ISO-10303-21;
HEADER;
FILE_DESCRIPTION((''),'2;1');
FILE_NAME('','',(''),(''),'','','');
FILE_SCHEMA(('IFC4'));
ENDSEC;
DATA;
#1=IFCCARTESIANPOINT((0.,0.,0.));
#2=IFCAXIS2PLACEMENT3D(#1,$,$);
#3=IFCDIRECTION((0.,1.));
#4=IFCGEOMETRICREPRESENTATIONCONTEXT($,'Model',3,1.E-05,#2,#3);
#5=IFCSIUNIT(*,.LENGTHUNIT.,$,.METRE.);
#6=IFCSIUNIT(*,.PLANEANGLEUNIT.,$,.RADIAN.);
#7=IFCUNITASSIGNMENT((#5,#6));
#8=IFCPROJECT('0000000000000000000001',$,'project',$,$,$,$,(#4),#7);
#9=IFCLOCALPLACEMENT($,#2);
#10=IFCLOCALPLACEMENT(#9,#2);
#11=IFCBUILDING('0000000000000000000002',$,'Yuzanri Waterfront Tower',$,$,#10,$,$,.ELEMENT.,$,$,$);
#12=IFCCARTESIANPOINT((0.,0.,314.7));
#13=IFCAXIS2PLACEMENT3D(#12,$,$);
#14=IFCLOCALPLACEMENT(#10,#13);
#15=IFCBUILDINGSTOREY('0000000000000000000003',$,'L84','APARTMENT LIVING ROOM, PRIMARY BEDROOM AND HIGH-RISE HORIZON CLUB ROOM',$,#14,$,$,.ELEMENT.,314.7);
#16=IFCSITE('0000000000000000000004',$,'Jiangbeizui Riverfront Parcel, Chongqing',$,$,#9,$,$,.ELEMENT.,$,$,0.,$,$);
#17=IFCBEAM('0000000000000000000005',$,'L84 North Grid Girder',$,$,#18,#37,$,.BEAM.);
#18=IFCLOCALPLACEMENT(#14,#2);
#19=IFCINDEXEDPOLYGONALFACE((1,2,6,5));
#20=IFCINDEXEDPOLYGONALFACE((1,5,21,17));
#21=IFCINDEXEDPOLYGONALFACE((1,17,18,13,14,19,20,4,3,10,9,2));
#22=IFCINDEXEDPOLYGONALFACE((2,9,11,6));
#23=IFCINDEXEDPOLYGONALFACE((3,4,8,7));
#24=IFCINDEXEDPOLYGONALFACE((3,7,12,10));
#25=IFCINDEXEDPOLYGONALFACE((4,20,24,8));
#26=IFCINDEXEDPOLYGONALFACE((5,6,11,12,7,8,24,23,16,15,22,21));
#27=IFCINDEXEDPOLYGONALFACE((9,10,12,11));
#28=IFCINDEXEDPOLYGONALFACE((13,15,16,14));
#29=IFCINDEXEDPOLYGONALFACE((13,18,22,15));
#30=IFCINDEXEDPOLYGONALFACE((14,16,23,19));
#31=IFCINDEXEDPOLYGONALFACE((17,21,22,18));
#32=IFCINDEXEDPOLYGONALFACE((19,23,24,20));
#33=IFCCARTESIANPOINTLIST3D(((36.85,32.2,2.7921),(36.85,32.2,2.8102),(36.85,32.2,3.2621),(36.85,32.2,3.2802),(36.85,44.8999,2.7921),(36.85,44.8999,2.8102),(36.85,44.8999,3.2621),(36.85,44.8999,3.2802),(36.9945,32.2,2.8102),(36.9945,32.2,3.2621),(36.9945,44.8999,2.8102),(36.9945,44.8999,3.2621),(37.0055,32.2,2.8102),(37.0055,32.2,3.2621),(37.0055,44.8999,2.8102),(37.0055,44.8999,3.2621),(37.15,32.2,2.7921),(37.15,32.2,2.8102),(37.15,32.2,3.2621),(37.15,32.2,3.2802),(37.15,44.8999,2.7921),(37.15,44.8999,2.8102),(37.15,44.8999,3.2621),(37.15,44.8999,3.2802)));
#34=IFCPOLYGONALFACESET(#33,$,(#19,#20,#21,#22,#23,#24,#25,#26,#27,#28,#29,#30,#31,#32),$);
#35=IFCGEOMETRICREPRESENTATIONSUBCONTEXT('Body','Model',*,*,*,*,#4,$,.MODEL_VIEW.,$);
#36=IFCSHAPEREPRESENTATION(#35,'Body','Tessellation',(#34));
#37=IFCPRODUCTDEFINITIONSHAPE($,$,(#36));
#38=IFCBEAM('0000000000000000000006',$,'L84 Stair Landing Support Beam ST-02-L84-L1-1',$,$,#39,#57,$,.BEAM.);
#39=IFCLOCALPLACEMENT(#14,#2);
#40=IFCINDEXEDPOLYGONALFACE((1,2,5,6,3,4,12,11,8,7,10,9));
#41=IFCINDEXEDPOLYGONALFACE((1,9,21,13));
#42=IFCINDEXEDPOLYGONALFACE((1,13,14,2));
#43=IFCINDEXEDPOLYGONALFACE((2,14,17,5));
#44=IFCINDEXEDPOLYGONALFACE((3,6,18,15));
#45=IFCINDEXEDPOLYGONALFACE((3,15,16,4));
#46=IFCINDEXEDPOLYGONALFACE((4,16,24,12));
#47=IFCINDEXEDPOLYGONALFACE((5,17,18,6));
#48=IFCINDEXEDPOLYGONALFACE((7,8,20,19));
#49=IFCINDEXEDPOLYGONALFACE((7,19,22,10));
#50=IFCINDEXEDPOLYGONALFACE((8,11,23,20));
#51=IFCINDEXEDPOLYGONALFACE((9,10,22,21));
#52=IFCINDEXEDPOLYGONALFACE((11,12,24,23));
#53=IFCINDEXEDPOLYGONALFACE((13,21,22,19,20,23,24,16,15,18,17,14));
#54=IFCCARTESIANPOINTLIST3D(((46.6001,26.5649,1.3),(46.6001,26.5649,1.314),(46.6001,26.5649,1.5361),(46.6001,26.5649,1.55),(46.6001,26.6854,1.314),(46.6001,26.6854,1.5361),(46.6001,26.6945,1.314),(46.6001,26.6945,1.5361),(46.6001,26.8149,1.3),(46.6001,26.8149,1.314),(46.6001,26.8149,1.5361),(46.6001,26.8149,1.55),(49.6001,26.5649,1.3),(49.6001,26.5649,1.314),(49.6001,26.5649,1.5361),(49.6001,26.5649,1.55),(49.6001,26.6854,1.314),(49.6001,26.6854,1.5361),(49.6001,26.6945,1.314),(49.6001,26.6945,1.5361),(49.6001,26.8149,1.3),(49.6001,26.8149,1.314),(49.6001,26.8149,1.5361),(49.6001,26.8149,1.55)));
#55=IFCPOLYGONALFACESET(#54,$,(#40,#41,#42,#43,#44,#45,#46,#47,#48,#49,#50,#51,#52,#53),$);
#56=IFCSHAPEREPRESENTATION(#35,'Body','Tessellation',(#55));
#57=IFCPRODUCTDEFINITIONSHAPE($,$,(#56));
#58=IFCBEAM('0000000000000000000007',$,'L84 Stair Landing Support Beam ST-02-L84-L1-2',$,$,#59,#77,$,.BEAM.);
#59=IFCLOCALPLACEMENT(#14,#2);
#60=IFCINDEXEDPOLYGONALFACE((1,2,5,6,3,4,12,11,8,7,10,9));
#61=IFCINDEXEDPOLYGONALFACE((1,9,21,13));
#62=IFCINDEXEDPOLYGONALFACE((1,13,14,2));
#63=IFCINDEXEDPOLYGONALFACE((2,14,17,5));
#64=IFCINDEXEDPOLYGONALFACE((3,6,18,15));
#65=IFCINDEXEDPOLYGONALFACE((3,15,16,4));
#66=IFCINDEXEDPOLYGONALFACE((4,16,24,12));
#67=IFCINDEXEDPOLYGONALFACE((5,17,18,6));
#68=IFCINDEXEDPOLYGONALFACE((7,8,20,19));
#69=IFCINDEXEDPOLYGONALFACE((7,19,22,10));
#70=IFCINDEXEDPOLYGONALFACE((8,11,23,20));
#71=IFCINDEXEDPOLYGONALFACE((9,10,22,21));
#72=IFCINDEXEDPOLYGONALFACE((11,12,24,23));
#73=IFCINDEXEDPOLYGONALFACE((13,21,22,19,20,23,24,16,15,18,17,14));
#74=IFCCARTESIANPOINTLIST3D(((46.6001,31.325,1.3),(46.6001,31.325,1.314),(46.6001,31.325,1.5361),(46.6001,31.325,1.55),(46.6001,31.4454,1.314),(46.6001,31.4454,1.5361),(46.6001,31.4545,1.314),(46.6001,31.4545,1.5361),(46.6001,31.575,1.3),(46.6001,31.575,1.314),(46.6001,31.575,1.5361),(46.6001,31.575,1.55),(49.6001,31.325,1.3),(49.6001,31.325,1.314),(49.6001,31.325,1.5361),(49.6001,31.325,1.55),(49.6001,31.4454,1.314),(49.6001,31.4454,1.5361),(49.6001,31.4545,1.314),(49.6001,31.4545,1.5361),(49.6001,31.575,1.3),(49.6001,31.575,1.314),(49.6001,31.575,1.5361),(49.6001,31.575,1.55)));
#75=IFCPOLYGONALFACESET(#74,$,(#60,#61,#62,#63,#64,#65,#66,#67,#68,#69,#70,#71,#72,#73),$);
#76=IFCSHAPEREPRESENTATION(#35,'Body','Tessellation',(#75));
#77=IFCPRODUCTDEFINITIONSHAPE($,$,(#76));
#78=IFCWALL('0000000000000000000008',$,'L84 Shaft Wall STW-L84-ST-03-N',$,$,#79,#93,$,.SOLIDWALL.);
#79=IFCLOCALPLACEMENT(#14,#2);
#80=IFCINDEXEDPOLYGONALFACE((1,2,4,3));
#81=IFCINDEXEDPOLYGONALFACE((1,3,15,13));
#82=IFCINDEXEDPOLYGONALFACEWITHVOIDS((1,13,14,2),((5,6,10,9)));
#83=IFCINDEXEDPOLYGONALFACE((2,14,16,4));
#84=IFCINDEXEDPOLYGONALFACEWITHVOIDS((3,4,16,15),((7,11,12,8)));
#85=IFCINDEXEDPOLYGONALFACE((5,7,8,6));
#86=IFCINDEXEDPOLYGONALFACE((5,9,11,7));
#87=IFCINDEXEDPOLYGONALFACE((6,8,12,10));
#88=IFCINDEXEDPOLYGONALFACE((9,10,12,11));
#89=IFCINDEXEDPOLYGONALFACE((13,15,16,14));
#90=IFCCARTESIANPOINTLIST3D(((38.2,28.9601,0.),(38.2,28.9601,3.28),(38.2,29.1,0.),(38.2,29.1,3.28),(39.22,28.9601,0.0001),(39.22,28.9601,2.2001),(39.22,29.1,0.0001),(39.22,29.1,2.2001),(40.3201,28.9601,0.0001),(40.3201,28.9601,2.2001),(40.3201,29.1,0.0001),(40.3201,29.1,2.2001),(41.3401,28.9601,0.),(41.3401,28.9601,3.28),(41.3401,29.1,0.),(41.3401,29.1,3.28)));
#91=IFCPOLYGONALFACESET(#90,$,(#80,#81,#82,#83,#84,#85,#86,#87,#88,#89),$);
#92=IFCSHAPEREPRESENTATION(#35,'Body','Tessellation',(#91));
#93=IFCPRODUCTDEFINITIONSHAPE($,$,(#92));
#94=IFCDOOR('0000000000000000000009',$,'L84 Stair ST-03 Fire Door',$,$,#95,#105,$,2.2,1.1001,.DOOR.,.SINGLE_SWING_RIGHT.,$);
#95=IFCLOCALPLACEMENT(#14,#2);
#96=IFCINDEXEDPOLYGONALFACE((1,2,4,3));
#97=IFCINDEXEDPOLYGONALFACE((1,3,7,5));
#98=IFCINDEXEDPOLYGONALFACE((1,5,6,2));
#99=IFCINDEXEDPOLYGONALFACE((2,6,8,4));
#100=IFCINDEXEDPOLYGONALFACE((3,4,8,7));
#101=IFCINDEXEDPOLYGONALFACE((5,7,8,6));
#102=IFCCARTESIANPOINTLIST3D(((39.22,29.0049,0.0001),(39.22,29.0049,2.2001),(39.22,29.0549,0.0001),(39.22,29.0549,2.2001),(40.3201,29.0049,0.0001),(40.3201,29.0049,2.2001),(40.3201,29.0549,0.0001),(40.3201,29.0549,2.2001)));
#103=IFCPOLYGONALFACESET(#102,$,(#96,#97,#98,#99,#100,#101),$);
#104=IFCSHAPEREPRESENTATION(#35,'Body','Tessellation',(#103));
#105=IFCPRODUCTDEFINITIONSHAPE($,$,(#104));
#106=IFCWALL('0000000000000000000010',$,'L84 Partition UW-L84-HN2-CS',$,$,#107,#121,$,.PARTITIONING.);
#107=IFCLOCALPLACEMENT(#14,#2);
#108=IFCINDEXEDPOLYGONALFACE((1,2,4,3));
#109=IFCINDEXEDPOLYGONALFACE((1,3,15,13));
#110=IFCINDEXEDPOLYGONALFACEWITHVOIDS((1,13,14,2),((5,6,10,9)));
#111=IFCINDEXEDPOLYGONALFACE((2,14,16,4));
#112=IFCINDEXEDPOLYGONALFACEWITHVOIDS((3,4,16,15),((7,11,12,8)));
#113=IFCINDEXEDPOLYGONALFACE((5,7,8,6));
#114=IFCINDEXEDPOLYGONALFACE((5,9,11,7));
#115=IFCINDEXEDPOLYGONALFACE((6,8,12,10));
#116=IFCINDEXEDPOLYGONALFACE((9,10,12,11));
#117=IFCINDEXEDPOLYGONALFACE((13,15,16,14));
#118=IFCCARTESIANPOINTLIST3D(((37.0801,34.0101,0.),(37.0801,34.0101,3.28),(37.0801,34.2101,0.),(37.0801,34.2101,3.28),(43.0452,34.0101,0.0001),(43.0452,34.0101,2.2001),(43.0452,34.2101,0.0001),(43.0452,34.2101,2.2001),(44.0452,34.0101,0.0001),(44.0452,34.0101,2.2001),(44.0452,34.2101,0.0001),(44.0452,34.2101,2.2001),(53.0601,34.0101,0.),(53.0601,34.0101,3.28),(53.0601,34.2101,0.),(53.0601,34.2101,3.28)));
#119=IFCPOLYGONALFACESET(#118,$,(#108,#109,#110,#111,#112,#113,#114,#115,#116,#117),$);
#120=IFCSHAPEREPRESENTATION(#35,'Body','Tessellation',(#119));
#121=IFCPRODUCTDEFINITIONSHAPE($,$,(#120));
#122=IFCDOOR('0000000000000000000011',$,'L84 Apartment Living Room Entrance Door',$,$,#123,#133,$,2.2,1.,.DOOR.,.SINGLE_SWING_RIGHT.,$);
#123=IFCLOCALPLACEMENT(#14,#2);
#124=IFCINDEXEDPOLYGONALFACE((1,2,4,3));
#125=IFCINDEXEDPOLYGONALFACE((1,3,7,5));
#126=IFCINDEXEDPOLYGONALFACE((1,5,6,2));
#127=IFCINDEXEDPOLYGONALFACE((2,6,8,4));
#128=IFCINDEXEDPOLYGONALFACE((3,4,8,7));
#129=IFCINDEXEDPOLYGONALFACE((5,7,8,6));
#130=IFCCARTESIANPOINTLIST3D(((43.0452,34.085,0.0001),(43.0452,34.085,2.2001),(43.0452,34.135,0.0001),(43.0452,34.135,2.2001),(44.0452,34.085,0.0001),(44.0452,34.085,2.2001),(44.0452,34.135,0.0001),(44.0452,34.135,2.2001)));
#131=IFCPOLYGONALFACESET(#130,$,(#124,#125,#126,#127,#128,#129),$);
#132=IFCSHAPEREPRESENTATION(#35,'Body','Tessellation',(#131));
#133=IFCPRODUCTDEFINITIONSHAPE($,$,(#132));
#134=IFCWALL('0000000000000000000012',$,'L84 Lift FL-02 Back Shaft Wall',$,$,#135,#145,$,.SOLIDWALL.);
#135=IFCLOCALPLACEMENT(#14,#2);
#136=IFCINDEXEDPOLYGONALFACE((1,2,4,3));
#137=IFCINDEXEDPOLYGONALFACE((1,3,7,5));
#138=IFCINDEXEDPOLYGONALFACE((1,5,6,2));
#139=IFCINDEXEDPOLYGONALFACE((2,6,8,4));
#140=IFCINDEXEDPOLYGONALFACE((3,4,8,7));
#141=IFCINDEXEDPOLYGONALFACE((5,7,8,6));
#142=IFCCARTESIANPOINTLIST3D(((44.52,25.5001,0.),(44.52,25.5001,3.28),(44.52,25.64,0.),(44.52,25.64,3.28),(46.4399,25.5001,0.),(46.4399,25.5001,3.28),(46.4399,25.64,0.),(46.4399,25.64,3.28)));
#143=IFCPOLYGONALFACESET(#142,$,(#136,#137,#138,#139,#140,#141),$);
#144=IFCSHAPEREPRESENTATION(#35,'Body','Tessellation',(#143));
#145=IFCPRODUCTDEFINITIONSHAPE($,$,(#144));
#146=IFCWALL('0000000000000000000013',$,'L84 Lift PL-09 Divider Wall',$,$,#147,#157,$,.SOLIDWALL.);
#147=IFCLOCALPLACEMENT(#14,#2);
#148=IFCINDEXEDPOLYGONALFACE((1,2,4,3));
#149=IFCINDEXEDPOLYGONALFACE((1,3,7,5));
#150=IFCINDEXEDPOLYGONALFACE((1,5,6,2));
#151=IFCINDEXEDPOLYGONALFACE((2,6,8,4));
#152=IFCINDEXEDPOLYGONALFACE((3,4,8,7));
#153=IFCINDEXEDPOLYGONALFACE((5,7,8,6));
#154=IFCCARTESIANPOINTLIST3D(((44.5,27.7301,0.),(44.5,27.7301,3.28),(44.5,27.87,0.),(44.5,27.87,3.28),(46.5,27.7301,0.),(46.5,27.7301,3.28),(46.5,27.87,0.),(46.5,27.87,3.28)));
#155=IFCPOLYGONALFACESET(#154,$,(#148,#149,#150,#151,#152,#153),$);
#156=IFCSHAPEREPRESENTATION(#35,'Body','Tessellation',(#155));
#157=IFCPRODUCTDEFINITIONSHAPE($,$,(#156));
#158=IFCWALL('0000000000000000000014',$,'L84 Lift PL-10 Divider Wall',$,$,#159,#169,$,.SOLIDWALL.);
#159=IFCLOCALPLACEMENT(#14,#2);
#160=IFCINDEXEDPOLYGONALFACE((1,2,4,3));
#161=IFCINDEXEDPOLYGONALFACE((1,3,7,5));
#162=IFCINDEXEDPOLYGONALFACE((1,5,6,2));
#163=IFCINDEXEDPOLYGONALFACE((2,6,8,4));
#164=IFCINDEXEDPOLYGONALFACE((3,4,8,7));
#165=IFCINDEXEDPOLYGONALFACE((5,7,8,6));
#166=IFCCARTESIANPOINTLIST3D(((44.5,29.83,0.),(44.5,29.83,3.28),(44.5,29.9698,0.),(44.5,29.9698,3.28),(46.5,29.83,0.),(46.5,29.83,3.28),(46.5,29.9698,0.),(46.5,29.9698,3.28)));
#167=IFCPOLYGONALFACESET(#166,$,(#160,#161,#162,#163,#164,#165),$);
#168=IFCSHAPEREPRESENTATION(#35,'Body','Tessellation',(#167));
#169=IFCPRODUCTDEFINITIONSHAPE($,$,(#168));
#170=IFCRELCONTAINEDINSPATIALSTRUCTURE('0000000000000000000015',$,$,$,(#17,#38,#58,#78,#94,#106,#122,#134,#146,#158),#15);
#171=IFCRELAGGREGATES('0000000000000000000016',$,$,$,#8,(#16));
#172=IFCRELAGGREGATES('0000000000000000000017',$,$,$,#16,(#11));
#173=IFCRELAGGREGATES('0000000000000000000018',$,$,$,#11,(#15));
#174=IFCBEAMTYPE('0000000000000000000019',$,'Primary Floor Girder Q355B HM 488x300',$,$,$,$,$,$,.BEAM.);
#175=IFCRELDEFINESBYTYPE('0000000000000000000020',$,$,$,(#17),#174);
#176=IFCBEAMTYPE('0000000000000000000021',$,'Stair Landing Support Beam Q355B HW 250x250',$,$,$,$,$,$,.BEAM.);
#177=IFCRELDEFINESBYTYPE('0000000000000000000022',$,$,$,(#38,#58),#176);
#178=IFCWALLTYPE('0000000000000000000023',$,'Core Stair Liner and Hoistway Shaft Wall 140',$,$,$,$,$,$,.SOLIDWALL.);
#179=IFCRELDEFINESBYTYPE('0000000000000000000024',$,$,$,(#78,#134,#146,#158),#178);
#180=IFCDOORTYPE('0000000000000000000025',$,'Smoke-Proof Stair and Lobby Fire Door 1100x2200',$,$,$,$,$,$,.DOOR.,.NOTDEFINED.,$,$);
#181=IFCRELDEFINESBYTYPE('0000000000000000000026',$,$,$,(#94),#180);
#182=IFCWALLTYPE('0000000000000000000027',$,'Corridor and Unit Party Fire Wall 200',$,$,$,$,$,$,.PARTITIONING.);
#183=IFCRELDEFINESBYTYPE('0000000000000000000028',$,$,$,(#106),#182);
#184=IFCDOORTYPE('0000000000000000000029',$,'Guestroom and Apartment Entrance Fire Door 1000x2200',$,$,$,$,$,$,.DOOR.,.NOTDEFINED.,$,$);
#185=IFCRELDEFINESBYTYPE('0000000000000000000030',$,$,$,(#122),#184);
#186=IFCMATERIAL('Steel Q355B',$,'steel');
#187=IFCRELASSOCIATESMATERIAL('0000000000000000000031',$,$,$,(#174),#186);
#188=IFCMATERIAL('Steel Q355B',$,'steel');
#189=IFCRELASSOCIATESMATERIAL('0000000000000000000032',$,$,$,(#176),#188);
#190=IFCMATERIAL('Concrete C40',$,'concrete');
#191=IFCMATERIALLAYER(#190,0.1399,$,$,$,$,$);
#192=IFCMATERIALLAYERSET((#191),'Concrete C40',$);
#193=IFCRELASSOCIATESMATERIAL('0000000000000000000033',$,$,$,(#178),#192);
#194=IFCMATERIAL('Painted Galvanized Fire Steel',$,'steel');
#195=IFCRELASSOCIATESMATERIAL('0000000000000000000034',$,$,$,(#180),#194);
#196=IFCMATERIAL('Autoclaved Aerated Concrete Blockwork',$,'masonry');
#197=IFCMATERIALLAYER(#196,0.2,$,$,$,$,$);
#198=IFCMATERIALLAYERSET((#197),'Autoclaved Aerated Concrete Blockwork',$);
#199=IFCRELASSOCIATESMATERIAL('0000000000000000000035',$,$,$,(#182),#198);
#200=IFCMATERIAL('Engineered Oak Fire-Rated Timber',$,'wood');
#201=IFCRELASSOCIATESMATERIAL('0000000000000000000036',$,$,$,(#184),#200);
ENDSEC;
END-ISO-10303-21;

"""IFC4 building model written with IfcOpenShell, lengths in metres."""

from ifc_helpers import new_model, si_unit, direction, frame, frame_2d, origin, origin_2d, place, context, subcontext, project, spatial, rectangle, i_section, extrude, source, transform, mapped, material, layer, layer_set, material_profile, profile_set, type_object, element, fill, save


model = new_model("IFC4")

# Units and contexts
model_context = context("Model", 3, precision=1e-05, world=origin(), true_north=direction((0.0, 1.0)))
body_context = subcontext(model_context, "Body", "Model", "MODEL_VIEW")
ifc_project = project(units=[si_unit("LENGTHUNIT", "METRE"), si_unit("PLANEANGLEUNIT", "RADIAN")], contexts=[model_context])

# Site, building, storey
site_placement = place(None, origin())
site = spatial("IfcSite", under=ifc_project, at=site_placement, Name="Jiangbeizui Riverfront Parcel, Chongqing", CompositionType="ELEMENT", RefElevation=0.0)
building_placement = place(site_placement, origin())
building = spatial("IfcBuilding", under=site, at=building_placement, Name="Yuzanri Waterfront Tower", CompositionType="ELEMENT")
storey_placement = place(building_placement, frame((0.0, 0.0, 314.7)))
storey = spatial("IfcBuildingStorey", under=building, at=storey_placement, Name="L84", Description="APARTMENT LIVING ROOM, PRIMARY BEDROOM AND HIGH-RISE HORIZON CLUB ROOM", CompositionType="ELEMENT", Elevation=314.7)

# Beams
ifc_material_1 = material(Name="Steel Q355B", Category="steel")
ifc_material_profile_1 = material_profile(ifc_material_1, i_section(OverallWidth=0.3, OverallDepth=0.488, WebThickness=0.011, FlangeThickness=0.0181, at=origin_2d()), Name="HM 488x300x11x18")
ifc_profile_set_1 = profile_set([ifc_material_profile_1], Name="Steel Q355B")
beam_type_1 = type_object("IfcBeamType", Name="Primary Floor Girder Q355B HM 488x300", PredefinedType="BEAM", material=ifc_profile_set_1)
shared_shape_1 = source(origin(), body_context, "Body", "SweptSolid", [
    extrude(i_section(OverallWidth=0.3, OverallDepth=0.488, WebThickness=0.011, FlangeThickness=0.0181, at=origin_2d()), origin(), (0.0, 0.0, 1.0), 12.7),
])
beam_placement = place(storey_placement, frame((37.0, 32.2, 3.0361), z_axis=(0.0, 1.0, 0.0), x_axis=(-1.0, 0.0, 0.0)))
element("IfcBeam", 1, at=beam_placement, inside=storey, type_object=beam_type_1, Name="L84 North Grid Girder", PredefinedType="BEAM", context=body_context, shape_type="MappedRepresentation", body=[
    mapped(shared_shape_1, transform((0.0, 0.0, 0.0), scale=1.0)),
])
ifc_material_2 = material(Name="Steel Q355B", Category="steel")
ifc_material_profile_2 = material_profile(ifc_material_2, i_section(OverallWidth=0.25, OverallDepth=0.25, WebThickness=0.009, FlangeThickness=0.0139, at=origin_2d()), Name="HW 250x250x9x14")
ifc_profile_set_2 = profile_set([ifc_material_profile_2], Name="Steel Q355B")
beam_type_2 = type_object("IfcBeamType", Name="Stair Landing Support Beam Q355B HW 250x250", PredefinedType="BEAM", material=ifc_profile_set_2)
shared_shape_2 = source(origin(), body_context, "Body", "SweptSolid", [
    extrude(i_section(OverallWidth=0.25, OverallDepth=0.25, WebThickness=0.009, FlangeThickness=0.0139, at=origin_2d()), origin(), (0.0, 0.0, 1.0), 3.0),
])
for number, where, z_axis, x_axis, name in (
    (2, (46.6001, 26.6899, 1.425), (1.0, 0.0, 0.0), (0.0, 1.0, 0.0), "L84 Stair Landing Support Beam ST-02-L84-L1-1"),
    (3, (46.6001, 31.45, 1.425), (1.0, 0.0, 0.0), (0.0, 1.0, 0.0), "L84 Stair Landing Support Beam ST-02-L84-L1-2"),
):
    element("IfcBeam", number, at=place(storey_placement, frame(where, z_axis=z_axis, x_axis=x_axis)), inside=storey, type_object=beam_type_2, Name=name, PredefinedType="BEAM", context=body_context, shape_type="MappedRepresentation", body=[
        mapped(shared_shape_2, transform((0.0, 0.0, 0.0), scale=1.0)),
    ])

# Walls, openings, doors
ifc_material_3 = material(Name="Concrete C40", Category="concrete")
ifc_layer_1 = layer(ifc_material_3, 0.1399)
ifc_layer_set_1 = layer_set([ifc_layer_1], Name="Concrete C40")
wall_type_1 = type_object("IfcWallType", Name="Core Stair Liner and Hoistway Shaft Wall 140", PredefinedType="SOLIDWALL", material=ifc_layer_set_1)
wall_1_placement = place(storey_placement, frame((38.2, 29.03, 0.0), z_axis=(0.0, 0.0, 1.0), x_axis=(1.0, 0.0, 0.0)))
wall_1 = element("IfcWall", 4, at=wall_1_placement, inside=storey, type_object=wall_type_1, Name="L84 Shaft Wall STW-L84-ST-03-N", PredefinedType="SOLIDWALL", context=body_context, shape_type="SweptSolid", body=[
    extrude(rectangle(XDim=3.1401, YDim=0.1399, at=frame_2d((1.5701, 0.0))), origin(), (0.0, 0.0, 1.0), 3.28),
])
opening_1_placement = place(wall_1_placement, frame((1.02, 0.0, 0.0)))
opening_1 = element("IfcOpeningElement", 5, at=opening_1_placement, cuts=wall_1, PredefinedType="OPENING", context=body_context, shape_type="SweptSolid", body=[
    extrude(rectangle(XDim=1.1001, YDim=2.2, at=frame_2d((0.55, 1.1001))), frame((0.0, 0.085, 0.0), z_axis=(0.0, -1.0, 0.0), x_axis=(1.0, 0.0, 0.0)), (0.0, 0.0, 1.0), 0.1697),
])
ifc_material_4 = material(Name="Painted Galvanized Fire Steel", Category="steel")
door_type_1 = type_object("IfcDoorType", Name="Smoke-Proof Stair and Lobby Fire Door 1100x2200", OperationType="NOTDEFINED", PredefinedType="DOOR", material=ifc_material_4)
shared_shape_3 = source(origin(), body_context, "Body", "SweptSolid", [
    extrude(rectangle(XDim=1.1001, YDim=2.2, at=frame_2d((0.55, 1.1001))), frame((0.0, 0.0249, 0.0), z_axis=(0.0, -1.0, 0.0), x_axis=(1.0, 0.0, 0.0)), (0.0, 0.0, 1.0), 0.05),
])
door_1_placement = place(opening_1_placement, origin())
door_1 = element("IfcDoor", 6, at=door_1_placement, inside=storey, type_object=door_type_1, Name="L84 Stair ST-03 Fire Door", OperationType="SINGLE_SWING_RIGHT", OverallHeight=2.2, OverallWidth=1.1001, PredefinedType="DOOR", context=body_context, shape_type="MappedRepresentation", body=[
    mapped(shared_shape_3, transform((0.0, 0.0, 0.0), scale=1.0)),
])
fill(opening_1, door_1)
ifc_material_5 = material(Name="Autoclaved Aerated Concrete Blockwork", Category="masonry")
ifc_layer_2 = layer(ifc_material_5, 0.2)
ifc_layer_set_2 = layer_set([ifc_layer_2], Name="Autoclaved Aerated Concrete Blockwork")
wall_type_2 = type_object("IfcWallType", Name="Corridor and Unit Party Fire Wall 200", PredefinedType="PARTITIONING", material=ifc_layer_set_2)
wall_2_placement = place(storey_placement, frame((37.0801, 34.1101, 0.0), z_axis=(0.0, 0.0, 1.0), x_axis=(1.0, 0.0, 0.0)))
wall_2 = element("IfcWall", 7, at=wall_2_placement, inside=storey, type_object=wall_type_2, Name="L84 Partition UW-L84-HN2-CS", PredefinedType="PARTITIONING", context=body_context, shape_type="SweptSolid", body=[
    extrude(rectangle(XDim=15.98, YDim=0.2, at=frame_2d((7.99, 0.0))), origin(), (0.0, 0.0, 1.0), 3.28),
])
opening_2_placement = place(wall_2_placement, frame((5.9651, 0.0, 0.0)))
opening_2 = element("IfcOpeningElement", 8, at=opening_2_placement, cuts=wall_2, PredefinedType="OPENING", context=body_context, shape_type="SweptSolid", body=[
    extrude(rectangle(XDim=1.0, YDim=2.2, at=frame_2d((0.5, 1.1001))), frame((0.0, 0.1147, 0.0), z_axis=(0.0, -1.0, 0.0), x_axis=(1.0, 0.0, 0.0)), (0.0, 0.0, 1.0), 0.2297),
])
ifc_material_6 = material(Name="Engineered Oak Fire-Rated Timber", Category="wood")
door_type_2 = type_object("IfcDoorType", Name="Guestroom and Apartment Entrance Fire Door 1000x2200", OperationType="NOTDEFINED", PredefinedType="DOOR", material=ifc_material_6)
shared_shape_4 = source(origin(), body_context, "Body", "SweptSolid", [
    extrude(rectangle(XDim=1.0, YDim=2.2, at=frame_2d((0.5, 1.1001))), frame((0.0, 0.0249, 0.0), z_axis=(0.0, -1.0, 0.0), x_axis=(1.0, 0.0, 0.0)), (0.0, 0.0, 1.0), 0.05),
])
door_2_placement = place(opening_2_placement, origin())
door_2 = element("IfcDoor", 9, at=door_2_placement, inside=storey, type_object=door_type_2, Name="L84 Apartment Living Room Entrance Door", OperationType="SINGLE_SWING_RIGHT", OverallHeight=2.2, OverallWidth=1.0, PredefinedType="DOOR", context=body_context, shape_type="MappedRepresentation", body=[
    mapped(shared_shape_4, transform((0.0, 0.0, 0.0), scale=1.0)),
])
fill(opening_2, door_2)

# Walls
shared_shape_5 = source(origin(), body_context, "Body", "SweptSolid", [
    extrude(rectangle(XDim=1.9199, YDim=0.1399, at=frame_2d((0.96, 0.0))), origin(), (0.0, 0.0, 1.0), 3.28),
])
wall_3_placement = place(storey_placement, frame((44.52, 25.5701, 0.0), z_axis=(0.0, 0.0, 1.0), x_axis=(1.0, 0.0, 0.0)))
element("IfcWall", 10, at=wall_3_placement, inside=storey, type_object=wall_type_1, Name="L84 Lift FL-02 Back Shaft Wall", PredefinedType="SOLIDWALL", context=body_context, shape_type="MappedRepresentation", body=[
    mapped(shared_shape_5, transform((0.0, 0.0, 0.0), scale=1.0)),
])
shared_shape_6 = source(origin(), body_context, "Body", "SweptSolid", [
    extrude(rectangle(XDim=2.0, YDim=0.1399, at=frame_2d((1.0, 0.0))), origin(), (0.0, 0.0, 1.0), 3.28),
])
for number, where, z_axis, x_axis, name in (
    (11, (44.5, 27.8, 0.0), (0.0, 0.0, 1.0), (1.0, 0.0, 0.0), "L84 Lift PL-09 Divider Wall"),
    (12, (44.5, 29.8999, 0.0), (0.0, 0.0, 1.0), (1.0, 0.0, 0.0), "L84 Lift PL-10 Divider Wall"),
):
    element("IfcWall", number, at=place(storey_placement, frame(where, z_axis=z_axis, x_axis=x_axis)), inside=storey, type_object=wall_type_1, Name=name, PredefinedType="SOLIDWALL", context=body_context, shape_type="MappedRepresentation", body=[
        mapped(shared_shape_6, transform((0.0, 0.0, 0.0), scale=1.0)),
    ])

save(model, "model.ifc")
